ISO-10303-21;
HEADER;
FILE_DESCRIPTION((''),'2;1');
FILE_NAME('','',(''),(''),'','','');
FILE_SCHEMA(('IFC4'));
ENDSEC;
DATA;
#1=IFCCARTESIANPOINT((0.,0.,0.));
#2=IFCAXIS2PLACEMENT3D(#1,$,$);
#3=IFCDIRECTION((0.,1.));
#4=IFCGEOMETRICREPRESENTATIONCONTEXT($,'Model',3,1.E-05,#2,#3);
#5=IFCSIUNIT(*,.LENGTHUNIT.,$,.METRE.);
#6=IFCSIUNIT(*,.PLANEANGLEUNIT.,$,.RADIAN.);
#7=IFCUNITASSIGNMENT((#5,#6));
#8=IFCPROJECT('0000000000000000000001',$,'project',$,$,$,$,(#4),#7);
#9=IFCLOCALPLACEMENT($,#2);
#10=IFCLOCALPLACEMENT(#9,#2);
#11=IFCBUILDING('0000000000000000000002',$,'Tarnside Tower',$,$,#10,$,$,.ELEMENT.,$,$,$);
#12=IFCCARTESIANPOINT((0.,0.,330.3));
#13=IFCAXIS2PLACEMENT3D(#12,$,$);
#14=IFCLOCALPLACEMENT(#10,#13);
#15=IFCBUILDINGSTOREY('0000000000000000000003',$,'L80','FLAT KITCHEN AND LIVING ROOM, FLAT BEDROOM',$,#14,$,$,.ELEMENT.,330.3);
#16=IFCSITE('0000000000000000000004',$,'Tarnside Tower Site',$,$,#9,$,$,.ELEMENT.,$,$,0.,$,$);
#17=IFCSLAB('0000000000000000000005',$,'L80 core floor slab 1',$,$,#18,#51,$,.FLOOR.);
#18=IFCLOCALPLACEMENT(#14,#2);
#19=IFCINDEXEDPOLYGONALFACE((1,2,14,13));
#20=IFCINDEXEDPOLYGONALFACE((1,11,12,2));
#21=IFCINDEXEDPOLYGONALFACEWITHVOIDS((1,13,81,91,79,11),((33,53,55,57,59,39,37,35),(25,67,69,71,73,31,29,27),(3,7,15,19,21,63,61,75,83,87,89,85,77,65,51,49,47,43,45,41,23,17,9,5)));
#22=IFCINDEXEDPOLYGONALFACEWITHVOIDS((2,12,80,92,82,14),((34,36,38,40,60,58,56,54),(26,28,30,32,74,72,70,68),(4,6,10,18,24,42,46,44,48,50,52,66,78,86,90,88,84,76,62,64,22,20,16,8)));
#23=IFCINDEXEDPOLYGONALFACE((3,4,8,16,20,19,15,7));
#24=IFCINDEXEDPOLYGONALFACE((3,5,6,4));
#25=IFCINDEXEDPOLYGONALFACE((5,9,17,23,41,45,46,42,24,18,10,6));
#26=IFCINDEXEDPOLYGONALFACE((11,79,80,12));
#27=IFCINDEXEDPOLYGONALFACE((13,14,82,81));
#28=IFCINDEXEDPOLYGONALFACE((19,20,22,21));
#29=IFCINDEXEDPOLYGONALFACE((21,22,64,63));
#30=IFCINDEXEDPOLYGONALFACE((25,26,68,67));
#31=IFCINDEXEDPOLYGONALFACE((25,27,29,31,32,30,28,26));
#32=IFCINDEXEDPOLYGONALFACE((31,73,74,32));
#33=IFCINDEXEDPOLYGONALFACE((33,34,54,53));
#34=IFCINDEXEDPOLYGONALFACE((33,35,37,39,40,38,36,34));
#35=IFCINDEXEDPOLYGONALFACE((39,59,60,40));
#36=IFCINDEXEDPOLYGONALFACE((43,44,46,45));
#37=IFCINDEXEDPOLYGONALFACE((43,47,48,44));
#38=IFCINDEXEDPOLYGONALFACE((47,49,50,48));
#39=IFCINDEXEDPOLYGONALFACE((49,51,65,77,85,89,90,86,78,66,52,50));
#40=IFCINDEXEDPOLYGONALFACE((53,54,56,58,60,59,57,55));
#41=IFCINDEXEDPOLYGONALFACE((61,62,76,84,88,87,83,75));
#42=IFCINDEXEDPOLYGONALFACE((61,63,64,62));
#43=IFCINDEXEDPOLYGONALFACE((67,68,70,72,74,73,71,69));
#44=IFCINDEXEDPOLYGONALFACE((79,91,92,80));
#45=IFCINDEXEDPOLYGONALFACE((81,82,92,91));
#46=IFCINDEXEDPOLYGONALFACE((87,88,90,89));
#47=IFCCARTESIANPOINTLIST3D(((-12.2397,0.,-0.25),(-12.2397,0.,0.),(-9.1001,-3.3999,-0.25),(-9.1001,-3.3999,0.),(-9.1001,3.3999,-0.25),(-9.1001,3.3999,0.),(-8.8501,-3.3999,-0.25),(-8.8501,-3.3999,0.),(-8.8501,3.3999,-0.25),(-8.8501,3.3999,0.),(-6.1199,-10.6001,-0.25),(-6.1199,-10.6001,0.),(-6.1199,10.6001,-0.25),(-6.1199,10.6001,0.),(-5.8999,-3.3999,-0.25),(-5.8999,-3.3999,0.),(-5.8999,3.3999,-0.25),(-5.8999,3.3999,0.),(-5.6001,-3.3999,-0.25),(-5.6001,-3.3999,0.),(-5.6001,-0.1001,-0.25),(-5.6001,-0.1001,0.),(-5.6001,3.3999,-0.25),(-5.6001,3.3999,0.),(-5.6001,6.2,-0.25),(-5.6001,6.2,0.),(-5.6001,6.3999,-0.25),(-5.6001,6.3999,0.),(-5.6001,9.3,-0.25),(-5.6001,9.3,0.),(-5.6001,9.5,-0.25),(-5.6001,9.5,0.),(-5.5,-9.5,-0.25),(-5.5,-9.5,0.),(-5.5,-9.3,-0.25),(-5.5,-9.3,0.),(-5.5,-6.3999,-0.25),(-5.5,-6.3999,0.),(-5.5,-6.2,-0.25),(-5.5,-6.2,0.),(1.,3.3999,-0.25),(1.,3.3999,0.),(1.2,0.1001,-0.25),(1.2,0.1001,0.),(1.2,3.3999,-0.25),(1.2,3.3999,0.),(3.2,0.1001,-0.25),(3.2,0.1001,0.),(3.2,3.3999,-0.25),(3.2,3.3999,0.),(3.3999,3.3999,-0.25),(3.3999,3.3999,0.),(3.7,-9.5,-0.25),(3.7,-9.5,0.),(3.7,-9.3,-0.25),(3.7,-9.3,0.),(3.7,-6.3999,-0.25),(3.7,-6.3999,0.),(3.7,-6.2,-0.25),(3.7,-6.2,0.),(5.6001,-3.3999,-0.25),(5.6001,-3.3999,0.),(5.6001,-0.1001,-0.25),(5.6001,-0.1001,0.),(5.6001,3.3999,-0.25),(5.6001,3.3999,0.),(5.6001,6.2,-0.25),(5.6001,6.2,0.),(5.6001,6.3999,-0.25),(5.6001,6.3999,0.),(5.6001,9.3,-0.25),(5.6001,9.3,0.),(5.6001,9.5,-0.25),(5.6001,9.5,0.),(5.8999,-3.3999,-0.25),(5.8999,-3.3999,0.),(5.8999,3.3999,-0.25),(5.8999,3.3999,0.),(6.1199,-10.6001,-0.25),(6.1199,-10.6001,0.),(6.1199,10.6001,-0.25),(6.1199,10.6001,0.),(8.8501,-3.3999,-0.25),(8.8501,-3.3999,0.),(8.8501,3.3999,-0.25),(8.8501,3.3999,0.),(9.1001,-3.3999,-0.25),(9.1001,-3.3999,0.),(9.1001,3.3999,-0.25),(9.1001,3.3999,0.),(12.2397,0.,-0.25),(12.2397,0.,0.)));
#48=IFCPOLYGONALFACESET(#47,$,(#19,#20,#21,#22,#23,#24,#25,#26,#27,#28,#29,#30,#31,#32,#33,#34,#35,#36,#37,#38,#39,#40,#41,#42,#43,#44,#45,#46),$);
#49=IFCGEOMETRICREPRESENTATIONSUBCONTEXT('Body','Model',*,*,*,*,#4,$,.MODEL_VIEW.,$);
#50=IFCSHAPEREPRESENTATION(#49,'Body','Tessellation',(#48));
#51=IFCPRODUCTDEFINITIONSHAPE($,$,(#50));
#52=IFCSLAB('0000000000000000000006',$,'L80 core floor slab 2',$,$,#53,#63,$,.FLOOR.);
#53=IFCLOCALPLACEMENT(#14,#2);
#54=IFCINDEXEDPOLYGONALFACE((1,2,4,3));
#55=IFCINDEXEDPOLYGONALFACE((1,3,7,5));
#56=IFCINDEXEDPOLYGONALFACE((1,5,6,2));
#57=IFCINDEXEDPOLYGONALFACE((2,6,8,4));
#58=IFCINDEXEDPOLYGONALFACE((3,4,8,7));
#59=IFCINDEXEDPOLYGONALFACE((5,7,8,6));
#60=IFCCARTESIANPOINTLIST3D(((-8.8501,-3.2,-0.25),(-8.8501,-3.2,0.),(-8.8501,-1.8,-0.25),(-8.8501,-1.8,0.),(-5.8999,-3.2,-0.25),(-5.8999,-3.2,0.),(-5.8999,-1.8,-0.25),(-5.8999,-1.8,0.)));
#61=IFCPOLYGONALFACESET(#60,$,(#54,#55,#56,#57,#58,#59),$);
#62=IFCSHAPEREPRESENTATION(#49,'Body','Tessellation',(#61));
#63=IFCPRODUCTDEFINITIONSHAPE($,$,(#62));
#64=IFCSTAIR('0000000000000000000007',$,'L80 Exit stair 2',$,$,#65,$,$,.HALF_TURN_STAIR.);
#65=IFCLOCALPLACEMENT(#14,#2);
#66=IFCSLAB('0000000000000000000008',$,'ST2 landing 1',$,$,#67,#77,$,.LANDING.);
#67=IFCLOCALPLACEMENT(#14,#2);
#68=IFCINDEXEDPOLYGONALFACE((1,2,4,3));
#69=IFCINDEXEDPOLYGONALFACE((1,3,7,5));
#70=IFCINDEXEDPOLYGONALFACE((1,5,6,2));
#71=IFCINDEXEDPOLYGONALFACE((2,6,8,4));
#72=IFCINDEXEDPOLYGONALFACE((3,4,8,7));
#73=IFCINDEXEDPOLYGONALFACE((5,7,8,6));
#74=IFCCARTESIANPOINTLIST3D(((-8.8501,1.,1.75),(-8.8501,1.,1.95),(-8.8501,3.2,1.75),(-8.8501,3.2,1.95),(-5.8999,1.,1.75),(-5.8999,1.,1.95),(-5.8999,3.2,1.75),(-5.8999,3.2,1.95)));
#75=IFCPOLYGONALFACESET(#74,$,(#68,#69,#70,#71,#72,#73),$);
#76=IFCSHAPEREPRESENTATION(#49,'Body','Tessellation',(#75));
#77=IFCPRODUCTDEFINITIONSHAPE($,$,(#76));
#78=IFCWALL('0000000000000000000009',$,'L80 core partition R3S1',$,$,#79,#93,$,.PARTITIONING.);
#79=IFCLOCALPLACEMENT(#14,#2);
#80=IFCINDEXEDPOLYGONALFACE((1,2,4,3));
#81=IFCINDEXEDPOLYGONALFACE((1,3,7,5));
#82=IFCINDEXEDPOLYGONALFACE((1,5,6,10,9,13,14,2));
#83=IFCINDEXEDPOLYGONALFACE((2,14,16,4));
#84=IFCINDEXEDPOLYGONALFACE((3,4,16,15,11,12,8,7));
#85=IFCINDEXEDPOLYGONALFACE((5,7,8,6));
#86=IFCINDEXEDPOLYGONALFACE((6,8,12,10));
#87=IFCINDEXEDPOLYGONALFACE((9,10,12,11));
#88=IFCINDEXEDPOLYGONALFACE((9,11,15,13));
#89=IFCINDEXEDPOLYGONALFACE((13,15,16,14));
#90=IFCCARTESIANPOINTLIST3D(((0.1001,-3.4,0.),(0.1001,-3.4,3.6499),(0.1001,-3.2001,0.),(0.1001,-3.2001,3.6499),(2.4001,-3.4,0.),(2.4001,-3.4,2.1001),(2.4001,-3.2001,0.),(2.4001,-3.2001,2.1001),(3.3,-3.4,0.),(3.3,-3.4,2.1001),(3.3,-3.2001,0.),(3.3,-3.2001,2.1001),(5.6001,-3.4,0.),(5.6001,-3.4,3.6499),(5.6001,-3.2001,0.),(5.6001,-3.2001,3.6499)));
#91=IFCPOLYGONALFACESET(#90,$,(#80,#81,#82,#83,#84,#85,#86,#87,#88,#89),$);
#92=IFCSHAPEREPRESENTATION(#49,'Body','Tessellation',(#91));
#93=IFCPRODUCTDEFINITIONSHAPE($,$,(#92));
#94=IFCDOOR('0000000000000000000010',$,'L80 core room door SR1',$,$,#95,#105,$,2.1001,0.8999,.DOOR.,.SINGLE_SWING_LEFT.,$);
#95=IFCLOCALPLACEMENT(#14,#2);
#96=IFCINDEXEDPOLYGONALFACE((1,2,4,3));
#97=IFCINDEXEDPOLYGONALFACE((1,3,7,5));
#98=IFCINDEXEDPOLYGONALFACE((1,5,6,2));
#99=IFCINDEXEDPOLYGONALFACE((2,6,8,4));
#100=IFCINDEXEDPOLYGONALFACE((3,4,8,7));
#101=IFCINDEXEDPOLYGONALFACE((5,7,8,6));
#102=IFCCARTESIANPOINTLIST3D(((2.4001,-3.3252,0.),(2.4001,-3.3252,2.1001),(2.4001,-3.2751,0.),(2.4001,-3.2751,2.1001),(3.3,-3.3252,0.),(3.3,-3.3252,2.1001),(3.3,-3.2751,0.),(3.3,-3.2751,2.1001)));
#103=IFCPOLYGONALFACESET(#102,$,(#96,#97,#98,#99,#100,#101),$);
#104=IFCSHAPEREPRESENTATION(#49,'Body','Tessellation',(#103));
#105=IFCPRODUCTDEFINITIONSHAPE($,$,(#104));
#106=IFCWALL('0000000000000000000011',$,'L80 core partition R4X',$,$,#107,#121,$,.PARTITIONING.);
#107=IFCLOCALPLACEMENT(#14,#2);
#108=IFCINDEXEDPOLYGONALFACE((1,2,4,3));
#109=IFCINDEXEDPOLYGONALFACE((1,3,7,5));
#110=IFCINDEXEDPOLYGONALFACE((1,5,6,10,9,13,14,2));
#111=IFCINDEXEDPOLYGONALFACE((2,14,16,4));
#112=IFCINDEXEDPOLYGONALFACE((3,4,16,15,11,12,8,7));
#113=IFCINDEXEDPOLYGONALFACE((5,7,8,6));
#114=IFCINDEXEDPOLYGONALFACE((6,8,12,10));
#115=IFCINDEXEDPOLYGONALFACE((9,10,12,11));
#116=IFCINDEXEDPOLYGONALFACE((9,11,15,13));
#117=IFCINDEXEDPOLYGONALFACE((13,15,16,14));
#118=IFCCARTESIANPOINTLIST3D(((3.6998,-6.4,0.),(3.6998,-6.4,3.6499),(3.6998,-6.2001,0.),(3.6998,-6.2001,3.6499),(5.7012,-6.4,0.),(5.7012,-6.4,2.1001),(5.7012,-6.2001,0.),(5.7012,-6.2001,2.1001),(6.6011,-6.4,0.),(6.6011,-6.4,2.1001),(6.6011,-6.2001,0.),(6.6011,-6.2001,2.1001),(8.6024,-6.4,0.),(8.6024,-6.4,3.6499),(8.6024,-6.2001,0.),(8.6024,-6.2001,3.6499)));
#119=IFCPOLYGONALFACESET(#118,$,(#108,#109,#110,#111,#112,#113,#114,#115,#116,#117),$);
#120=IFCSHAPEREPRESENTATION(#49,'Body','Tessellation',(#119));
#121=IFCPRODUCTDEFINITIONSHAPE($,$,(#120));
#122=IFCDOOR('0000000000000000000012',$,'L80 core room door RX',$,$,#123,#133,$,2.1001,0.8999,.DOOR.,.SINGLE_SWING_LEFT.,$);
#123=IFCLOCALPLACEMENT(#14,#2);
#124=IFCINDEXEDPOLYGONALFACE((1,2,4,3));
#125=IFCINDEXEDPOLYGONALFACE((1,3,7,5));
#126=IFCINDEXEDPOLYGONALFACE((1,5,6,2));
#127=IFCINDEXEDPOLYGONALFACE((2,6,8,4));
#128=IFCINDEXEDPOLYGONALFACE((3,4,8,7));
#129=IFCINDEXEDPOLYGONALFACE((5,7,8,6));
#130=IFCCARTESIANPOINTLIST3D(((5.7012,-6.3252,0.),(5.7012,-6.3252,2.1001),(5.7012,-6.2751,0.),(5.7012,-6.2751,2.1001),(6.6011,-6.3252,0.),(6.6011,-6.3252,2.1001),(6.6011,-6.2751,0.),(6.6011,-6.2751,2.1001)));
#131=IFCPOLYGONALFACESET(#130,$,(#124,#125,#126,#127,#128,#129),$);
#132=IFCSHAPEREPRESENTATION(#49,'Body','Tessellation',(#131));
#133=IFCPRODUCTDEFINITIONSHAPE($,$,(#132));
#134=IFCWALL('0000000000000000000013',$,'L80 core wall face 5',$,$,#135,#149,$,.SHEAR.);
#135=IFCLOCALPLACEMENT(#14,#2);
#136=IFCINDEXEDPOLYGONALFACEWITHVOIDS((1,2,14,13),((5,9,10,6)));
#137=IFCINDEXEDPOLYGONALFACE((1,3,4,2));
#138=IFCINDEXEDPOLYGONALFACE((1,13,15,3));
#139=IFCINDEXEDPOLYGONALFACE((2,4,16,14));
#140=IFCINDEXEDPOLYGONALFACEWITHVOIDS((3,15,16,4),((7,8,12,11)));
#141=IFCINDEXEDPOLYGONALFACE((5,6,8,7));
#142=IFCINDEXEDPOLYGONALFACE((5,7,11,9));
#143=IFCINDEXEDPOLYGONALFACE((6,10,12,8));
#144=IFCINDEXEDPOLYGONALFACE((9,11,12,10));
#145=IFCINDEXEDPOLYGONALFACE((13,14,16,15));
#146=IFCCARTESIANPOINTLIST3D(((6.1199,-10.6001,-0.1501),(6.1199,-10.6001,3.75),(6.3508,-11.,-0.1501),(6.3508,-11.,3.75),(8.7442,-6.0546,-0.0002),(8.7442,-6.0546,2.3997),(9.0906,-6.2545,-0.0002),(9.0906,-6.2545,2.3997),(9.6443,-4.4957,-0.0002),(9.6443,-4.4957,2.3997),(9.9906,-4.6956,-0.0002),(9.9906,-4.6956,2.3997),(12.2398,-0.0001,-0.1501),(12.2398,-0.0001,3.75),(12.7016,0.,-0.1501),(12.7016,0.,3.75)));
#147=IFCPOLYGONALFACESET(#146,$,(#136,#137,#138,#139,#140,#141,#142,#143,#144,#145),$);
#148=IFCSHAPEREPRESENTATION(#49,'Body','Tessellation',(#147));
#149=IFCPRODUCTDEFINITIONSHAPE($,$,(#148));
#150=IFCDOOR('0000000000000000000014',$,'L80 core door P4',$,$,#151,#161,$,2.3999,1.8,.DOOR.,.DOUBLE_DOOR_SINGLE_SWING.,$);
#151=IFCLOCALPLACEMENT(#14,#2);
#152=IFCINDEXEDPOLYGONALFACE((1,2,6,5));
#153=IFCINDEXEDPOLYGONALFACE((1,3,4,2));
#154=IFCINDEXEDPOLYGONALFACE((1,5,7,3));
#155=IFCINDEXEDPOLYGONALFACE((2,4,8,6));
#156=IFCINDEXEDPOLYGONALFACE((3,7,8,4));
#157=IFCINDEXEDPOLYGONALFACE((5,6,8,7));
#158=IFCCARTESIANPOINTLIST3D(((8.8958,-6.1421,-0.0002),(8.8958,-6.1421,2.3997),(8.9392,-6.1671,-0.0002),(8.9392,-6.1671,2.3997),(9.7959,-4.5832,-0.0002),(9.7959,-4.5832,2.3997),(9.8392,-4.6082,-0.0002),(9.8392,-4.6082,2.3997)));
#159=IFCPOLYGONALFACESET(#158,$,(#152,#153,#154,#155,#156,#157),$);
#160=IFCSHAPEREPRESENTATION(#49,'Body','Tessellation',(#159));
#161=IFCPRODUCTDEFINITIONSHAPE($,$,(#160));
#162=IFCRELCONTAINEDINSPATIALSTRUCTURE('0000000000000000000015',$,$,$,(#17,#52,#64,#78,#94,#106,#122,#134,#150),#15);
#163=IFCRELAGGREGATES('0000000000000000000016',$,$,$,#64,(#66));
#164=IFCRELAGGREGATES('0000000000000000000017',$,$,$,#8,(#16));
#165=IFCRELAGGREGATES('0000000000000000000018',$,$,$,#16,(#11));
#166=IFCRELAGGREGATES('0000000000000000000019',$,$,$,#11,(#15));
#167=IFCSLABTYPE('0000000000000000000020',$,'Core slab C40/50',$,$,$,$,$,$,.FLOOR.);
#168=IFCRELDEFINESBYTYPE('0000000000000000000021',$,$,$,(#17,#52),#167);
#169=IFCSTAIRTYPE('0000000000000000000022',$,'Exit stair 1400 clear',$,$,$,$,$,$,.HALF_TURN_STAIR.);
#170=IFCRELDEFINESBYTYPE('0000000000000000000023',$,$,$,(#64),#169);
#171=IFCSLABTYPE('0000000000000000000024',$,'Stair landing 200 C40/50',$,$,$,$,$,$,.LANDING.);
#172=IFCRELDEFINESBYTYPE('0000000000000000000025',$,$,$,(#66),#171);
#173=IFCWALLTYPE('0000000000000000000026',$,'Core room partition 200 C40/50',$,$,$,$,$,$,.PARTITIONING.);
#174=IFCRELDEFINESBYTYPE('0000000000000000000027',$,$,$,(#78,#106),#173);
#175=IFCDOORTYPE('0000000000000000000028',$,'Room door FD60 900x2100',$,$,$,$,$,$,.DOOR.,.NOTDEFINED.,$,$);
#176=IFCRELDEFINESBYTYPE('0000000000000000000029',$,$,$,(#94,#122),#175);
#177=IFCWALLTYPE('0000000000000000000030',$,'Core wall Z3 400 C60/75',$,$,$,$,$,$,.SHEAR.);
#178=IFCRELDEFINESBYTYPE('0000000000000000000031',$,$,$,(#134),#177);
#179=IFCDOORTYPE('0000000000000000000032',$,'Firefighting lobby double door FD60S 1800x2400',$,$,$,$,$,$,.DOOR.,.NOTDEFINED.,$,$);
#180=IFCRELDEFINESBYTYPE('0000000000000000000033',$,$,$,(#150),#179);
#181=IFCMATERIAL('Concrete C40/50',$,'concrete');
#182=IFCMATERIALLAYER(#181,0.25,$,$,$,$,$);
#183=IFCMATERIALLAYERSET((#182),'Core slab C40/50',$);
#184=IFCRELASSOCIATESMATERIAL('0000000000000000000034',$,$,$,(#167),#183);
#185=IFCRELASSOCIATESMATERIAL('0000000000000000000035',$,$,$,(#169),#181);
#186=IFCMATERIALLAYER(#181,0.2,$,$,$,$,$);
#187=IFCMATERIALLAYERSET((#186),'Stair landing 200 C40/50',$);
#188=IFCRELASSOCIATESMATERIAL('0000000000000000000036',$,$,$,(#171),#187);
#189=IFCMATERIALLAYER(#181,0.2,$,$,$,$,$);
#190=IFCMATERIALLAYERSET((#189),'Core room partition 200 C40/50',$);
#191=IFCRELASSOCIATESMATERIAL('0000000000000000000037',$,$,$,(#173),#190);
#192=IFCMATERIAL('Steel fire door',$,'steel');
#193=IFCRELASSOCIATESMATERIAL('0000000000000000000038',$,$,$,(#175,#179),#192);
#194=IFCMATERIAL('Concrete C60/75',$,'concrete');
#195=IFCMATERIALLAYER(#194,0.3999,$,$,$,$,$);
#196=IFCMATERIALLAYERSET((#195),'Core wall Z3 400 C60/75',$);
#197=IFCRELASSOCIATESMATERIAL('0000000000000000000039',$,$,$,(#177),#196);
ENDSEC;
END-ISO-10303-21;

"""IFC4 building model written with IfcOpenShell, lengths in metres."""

from ifc_helpers import new_model, si_unit, direction, frame, frame_2d, origin, place, context, subcontext, project, spatial, polyline, rectangle, outline, extrude, material, layer, layer_set, type_object, element, fill, aggregate, save


model = new_model("IFC4")

# Units and contexts
model_context = context("Model", 3, precision=1e-05, world=origin(), true_north=direction((0.0, 1.0)))
body_context = subcontext(model_context, "Body", "Model", "MODEL_VIEW")
ifc_project = project(units=[si_unit("LENGTHUNIT", "METRE"), si_unit("PLANEANGLEUNIT", "RADIAN")], contexts=[model_context])

# Site, building, storey
site_placement = place(None, origin())
site = spatial("IfcSite", under=ifc_project, at=site_placement, Name="Tarnside Tower Site", CompositionType="ELEMENT", RefElevation=0.0)
building_placement = place(site_placement, origin())
building = spatial("IfcBuilding", under=site, at=building_placement, Name="Tarnside Tower", CompositionType="ELEMENT")
storey_placement = place(building_placement, frame((0.0, 0.0, 330.3)))
storey = spatial("IfcBuildingStorey", under=building, at=storey_placement, Name="L80", Description="FLAT KITCHEN AND LIVING ROOM, FLAT BEDROOM", CompositionType="ELEMENT", Elevation=330.3)

# Slabs
ifc_material_1 = material(Name="Concrete C40/50", Category="concrete")
ifc_layer_1 = layer(ifc_material_1, 0.25)
ifc_layer_set_1 = layer_set([ifc_layer_1], Name="Core slab C40/50")
slab_type_1 = type_object("IfcSlabType", Name="Core slab C40/50", PredefinedType="FLOOR", material=ifc_layer_set_1)
slab_1_placement = place(storey_placement, frame((0.0, 0.0, -0.25)))
element("IfcSlab", 1, at=slab_1_placement, inside=storey, type_object=slab_type_1, Name="L80 core floor slab 1", PredefinedType="FLOOR", context=body_context, shape_type="SweptSolid", body=[
    extrude(outline(polyline([(6.1199, 10.6001), (12.2397, 0.0), (6.1199, -10.6001), (-6.1199, -10.6001), (-12.2397, 0.0), (-6.1199, 10.6001), (6.1199, 10.6001)]), holes=[polyline([(-5.5, -9.5), (3.7, -9.5), (3.7, -9.3), (3.7, -6.3999), (3.7, -6.2), (-5.5, -6.2), (-5.5, -6.3999), (-5.5, -9.3), (-5.5, -9.5)]), polyline([(-5.6001, -3.3999), (-5.6001, -0.1001), (5.6001, -0.1001), (5.6001, -3.3999), (5.8999, -3.3999), (8.8501, -3.3999), (9.1001, -3.3999), (9.1001, 3.3999), (8.8501, 3.3999), (5.8999, 3.3999), (5.6001, 3.3999), (3.3999, 3.3999), (3.2, 3.3999), (3.2, 0.1001), (1.2, 0.1001), (1.2, 3.3999), (1.0, 3.3999), (-5.6001, 3.3999), (-5.8999, 3.3999), (-8.8501, 3.3999), (-9.1001, 3.3999), (-9.1001, -3.3999), (-8.8501, -3.3999), (-5.8999, -3.3999), (-5.6001, -3.3999)]), polyline([(-5.6001, 6.2), (5.6001, 6.2), (5.6001, 6.3999), (5.6001, 9.3), (5.6001, 9.5), (-5.6001, 9.5), (-5.6001, 9.3), (-5.6001, 6.3999), (-5.6001, 6.2)])]), origin(), (0.0, 0.0, 1.0), 0.25),
])
slab_2_placement = place(storey_placement, frame((0.0, 0.0, -0.25)))
element("IfcSlab", 2, at=slab_2_placement, inside=storey, type_object=slab_type_1, Name="L80 core floor slab 2", PredefinedType="FLOOR", context=body_context, shape_type="SweptSolid", body=[
    extrude(outline(polyline([(-8.8501, -3.2), (-8.8501, -1.8), (-5.8999, -1.8), (-5.8999, -3.2), (-8.8501, -3.2)])), origin(), (0.0, 0.0, 1.0), 0.25),
])

# Stair, slab
stair_type = type_object("IfcStairType", Name="Exit stair 1400 clear", PredefinedType="HALF_TURN_STAIR", material=ifc_material_1)
stair_1_placement = place(storey_placement, origin())
stair_1 = element("IfcStair", 3, at=stair_1_placement, inside=storey, type_object=stair_type, Name="L80 Exit stair 2", PredefinedType="HALF_TURN_STAIR")
ifc_layer_2 = layer(ifc_material_1, 0.2)
ifc_layer_set_2 = layer_set([ifc_layer_2], Name="Stair landing 200 C40/50")
slab_type_2 = type_object("IfcSlabType", Name="Stair landing 200 C40/50", PredefinedType="LANDING", material=ifc_layer_set_2)
slab_3_placement = place(storey_placement, frame((0.0, 0.0, 1.75)))
slab_3 = element("IfcSlab", 4, at=slab_3_placement, type_object=slab_type_2, Name="ST2 landing 1", PredefinedType="LANDING", context=body_context, shape_type="SweptSolid", body=[
    extrude(outline(polyline([(-5.8999, 1.0), (-5.8999, 3.2), (-8.8501, 3.2), (-8.8501, 1.0), (-5.8999, 1.0)])), origin(), (0.0, 0.0, 1.0), 0.2),
])
aggregate(stair_1, [slab_3])

# Walls, openings, doors
ifc_layer_3 = layer(ifc_material_1, 0.2)
ifc_layer_set_3 = layer_set([ifc_layer_3], Name="Core room partition 200 C40/50")
wall_type_1 = type_object("IfcWallType", Name="Core room partition 200 C40/50", PredefinedType="PARTITIONING", material=ifc_layer_set_3)
wall_1_placement = place(storey_placement, frame((0.1001, -3.3, 0.0), z_axis=(0.0, 0.0, 1.0), x_axis=(1.0, 0.0, 0.0)))
wall_1 = element("IfcWall", 5, at=wall_1_placement, inside=storey, type_object=wall_type_1, Name="L80 core partition R3S1", PredefinedType="PARTITIONING", context=body_context, shape_type="SweptSolid", body=[
    extrude(rectangle(XDim=5.5, YDim=0.2, at=frame_2d((2.75, 0.0))), origin(), (0.0, 0.0, 1.0), 3.6499),
])
opening_1_placement = place(wall_1_placement, frame((2.3, 0.0, 0.0)))
opening_1 = element("IfcOpeningElement", 6, at=opening_1_placement, cuts=wall_1, PredefinedType="OPENING", context=body_context, shape_type="SweptSolid", body=[
    extrude(rectangle(XDim=0.8999, YDim=2.1001, at=frame_2d((0.45, 1.05))), frame((0.0, 0.1099, 0.0), z_axis=(0.0, -1.0, 0.0), x_axis=(1.0, 0.0, 0.0)), (0.0, 0.0, 1.0), 0.22),
])
ifc_material_2 = material(Name="Steel fire door", Category="steel")
door_type_1 = type_object("IfcDoorType", Name="Room door FD60 900x2100", OperationType="NOTDEFINED", PredefinedType="DOOR", material=ifc_material_2)
door_1_placement = place(opening_1_placement, origin())
door_1 = element("IfcDoor", 7, at=door_1_placement, inside=storey, type_object=door_type_1, Name="L80 core room door SR1", OperationType="SINGLE_SWING_LEFT", OverallHeight=2.1001, OverallWidth=0.8999, PredefinedType="DOOR", context=body_context, shape_type="SweptSolid", body=[
    extrude(rectangle(XDim=0.8999, YDim=2.1001, at=frame_2d((0.45, 1.05))), frame((0.0, 0.0249, 0.0), z_axis=(0.0, -1.0, 0.0), x_axis=(1.0, 0.0, 0.0)), (0.0, 0.0, 1.0), 0.05),
])
fill(opening_1, door_1)
wall_2_placement = place(storey_placement, frame((3.7, -6.3, 0.0), z_axis=(0.0, 0.0, 1.0), x_axis=(1.0, 0.0, 0.0)))
wall_2 = element("IfcWall", 8, at=wall_2_placement, inside=storey, type_object=wall_type_1, Name="L80 core partition R4X", PredefinedType="PARTITIONING", context=body_context, shape_type="SweptSolid", body=[
    extrude(rectangle(XDim=4.9026, YDim=0.2, at=frame_2d((2.4512, 0.0))), origin(), (0.0, 0.0, 1.0), 3.6499),
])
opening_2_placement = place(wall_2_placement, frame((2.0012, 0.0, 0.0)))
opening_2 = element("IfcOpeningElement", 9, at=opening_2_placement, cuts=wall_2, PredefinedType="OPENING", context=body_context, shape_type="SweptSolid", body=[
    extrude(rectangle(XDim=0.8999, YDim=2.1001, at=frame_2d((0.45, 1.05))), frame((0.0, 0.1099, 0.0), z_axis=(0.0, -1.0, 0.0), x_axis=(1.0, 0.0, 0.0)), (0.0, 0.0, 1.0), 0.22),
])
door_2_placement = place(opening_2_placement, origin())
door_2 = element("IfcDoor", 10, at=door_2_placement, inside=storey, type_object=door_type_1, Name="L80 core room door RX", OperationType="SINGLE_SWING_LEFT", OverallHeight=2.1001, OverallWidth=0.8999, PredefinedType="DOOR", context=body_context, shape_type="SweptSolid", body=[
    extrude(rectangle(XDim=0.8999, YDim=2.1001, at=frame_2d((0.45, 1.05))), frame((0.0, 0.0249, 0.0), z_axis=(0.0, -1.0, 0.0), x_axis=(1.0, 0.0, 0.0)), (0.0, 0.0, 1.0), 0.05),
])
fill(opening_2, door_2)
ifc_material_3 = material(Name="Concrete C60/75", Category="concrete")
ifc_layer_4 = layer(ifc_material_3, 0.3999)
ifc_layer_set_4 = layer_set([ifc_layer_4], Name="Core wall Z3 400 C60/75")
wall_type_2 = type_object("IfcWallType", Name="Core wall Z3 400 C60/75", PredefinedType="SHEAR", material=ifc_layer_set_4)
wall_3_placement = place(storey_placement, frame((6.2354, -10.8, -0.1501), z_axis=(0.0, 0.0, 1.0), x_axis=(0.499996, 0.866027, 0.0)))
wall_3 = element("IfcWall", 11, at=wall_3_placement, inside=storey, type_object=wall_type_2, Name="L80 core wall face 5", PredefinedType="SHEAR", context=body_context, shape_type="SweptSolid", body=[
    extrude(outline(polyline([(-0.1155, -0.2), (12.5862, -0.2), (12.3552, 0.2), (0.1155, 0.2), (-0.1155, -0.2)])), origin(), (0.0, 0.0, 1.0), 3.9001),
])
opening_3_placement = place(wall_3_placement, frame((5.3643, 0.0, 0.1499)))
opening_3 = element("IfcOpeningElement", 12, at=opening_3_placement, cuts=wall_3, PredefinedType="OPENING", context=body_context, shape_type="SweptSolid", body=[
    extrude(rectangle(XDim=1.8, YDim=2.3999, at=frame_2d((0.8999, 1.2))), frame((0.0, 0.21, 0.0), z_axis=(0.0, -1.0, 0.0), x_axis=(1.0, 0.0, 0.0)), (0.0, 0.0, 1.0), 0.4199),
])
door_type_2 = type_object("IfcDoorType", Name="Firefighting lobby double door FD60S 1800x2400", OperationType="NOTDEFINED", PredefinedType="DOOR", material=ifc_material_2)
door_3_placement = place(opening_3_placement, origin())
door_3 = element("IfcDoor", 13, at=door_3_placement, inside=storey, type_object=door_type_2, Name="L80 core door P4", OperationType="DOUBLE_DOOR_SINGLE_SWING", OverallHeight=2.3999, OverallWidth=1.8, PredefinedType="DOOR", context=body_context, shape_type="SweptSolid", body=[
    extrude(rectangle(XDim=1.8, YDim=2.3999, at=frame_2d((0.8999, 1.2))), frame((0.0, 0.0249, 0.0), z_axis=(0.0, -1.0, 0.0), x_axis=(1.0, 0.0, 0.0)), (0.0, 0.0, 1.0), 0.05),
])
fill(opening_3, door_3)

save(model, "model.ifc")
